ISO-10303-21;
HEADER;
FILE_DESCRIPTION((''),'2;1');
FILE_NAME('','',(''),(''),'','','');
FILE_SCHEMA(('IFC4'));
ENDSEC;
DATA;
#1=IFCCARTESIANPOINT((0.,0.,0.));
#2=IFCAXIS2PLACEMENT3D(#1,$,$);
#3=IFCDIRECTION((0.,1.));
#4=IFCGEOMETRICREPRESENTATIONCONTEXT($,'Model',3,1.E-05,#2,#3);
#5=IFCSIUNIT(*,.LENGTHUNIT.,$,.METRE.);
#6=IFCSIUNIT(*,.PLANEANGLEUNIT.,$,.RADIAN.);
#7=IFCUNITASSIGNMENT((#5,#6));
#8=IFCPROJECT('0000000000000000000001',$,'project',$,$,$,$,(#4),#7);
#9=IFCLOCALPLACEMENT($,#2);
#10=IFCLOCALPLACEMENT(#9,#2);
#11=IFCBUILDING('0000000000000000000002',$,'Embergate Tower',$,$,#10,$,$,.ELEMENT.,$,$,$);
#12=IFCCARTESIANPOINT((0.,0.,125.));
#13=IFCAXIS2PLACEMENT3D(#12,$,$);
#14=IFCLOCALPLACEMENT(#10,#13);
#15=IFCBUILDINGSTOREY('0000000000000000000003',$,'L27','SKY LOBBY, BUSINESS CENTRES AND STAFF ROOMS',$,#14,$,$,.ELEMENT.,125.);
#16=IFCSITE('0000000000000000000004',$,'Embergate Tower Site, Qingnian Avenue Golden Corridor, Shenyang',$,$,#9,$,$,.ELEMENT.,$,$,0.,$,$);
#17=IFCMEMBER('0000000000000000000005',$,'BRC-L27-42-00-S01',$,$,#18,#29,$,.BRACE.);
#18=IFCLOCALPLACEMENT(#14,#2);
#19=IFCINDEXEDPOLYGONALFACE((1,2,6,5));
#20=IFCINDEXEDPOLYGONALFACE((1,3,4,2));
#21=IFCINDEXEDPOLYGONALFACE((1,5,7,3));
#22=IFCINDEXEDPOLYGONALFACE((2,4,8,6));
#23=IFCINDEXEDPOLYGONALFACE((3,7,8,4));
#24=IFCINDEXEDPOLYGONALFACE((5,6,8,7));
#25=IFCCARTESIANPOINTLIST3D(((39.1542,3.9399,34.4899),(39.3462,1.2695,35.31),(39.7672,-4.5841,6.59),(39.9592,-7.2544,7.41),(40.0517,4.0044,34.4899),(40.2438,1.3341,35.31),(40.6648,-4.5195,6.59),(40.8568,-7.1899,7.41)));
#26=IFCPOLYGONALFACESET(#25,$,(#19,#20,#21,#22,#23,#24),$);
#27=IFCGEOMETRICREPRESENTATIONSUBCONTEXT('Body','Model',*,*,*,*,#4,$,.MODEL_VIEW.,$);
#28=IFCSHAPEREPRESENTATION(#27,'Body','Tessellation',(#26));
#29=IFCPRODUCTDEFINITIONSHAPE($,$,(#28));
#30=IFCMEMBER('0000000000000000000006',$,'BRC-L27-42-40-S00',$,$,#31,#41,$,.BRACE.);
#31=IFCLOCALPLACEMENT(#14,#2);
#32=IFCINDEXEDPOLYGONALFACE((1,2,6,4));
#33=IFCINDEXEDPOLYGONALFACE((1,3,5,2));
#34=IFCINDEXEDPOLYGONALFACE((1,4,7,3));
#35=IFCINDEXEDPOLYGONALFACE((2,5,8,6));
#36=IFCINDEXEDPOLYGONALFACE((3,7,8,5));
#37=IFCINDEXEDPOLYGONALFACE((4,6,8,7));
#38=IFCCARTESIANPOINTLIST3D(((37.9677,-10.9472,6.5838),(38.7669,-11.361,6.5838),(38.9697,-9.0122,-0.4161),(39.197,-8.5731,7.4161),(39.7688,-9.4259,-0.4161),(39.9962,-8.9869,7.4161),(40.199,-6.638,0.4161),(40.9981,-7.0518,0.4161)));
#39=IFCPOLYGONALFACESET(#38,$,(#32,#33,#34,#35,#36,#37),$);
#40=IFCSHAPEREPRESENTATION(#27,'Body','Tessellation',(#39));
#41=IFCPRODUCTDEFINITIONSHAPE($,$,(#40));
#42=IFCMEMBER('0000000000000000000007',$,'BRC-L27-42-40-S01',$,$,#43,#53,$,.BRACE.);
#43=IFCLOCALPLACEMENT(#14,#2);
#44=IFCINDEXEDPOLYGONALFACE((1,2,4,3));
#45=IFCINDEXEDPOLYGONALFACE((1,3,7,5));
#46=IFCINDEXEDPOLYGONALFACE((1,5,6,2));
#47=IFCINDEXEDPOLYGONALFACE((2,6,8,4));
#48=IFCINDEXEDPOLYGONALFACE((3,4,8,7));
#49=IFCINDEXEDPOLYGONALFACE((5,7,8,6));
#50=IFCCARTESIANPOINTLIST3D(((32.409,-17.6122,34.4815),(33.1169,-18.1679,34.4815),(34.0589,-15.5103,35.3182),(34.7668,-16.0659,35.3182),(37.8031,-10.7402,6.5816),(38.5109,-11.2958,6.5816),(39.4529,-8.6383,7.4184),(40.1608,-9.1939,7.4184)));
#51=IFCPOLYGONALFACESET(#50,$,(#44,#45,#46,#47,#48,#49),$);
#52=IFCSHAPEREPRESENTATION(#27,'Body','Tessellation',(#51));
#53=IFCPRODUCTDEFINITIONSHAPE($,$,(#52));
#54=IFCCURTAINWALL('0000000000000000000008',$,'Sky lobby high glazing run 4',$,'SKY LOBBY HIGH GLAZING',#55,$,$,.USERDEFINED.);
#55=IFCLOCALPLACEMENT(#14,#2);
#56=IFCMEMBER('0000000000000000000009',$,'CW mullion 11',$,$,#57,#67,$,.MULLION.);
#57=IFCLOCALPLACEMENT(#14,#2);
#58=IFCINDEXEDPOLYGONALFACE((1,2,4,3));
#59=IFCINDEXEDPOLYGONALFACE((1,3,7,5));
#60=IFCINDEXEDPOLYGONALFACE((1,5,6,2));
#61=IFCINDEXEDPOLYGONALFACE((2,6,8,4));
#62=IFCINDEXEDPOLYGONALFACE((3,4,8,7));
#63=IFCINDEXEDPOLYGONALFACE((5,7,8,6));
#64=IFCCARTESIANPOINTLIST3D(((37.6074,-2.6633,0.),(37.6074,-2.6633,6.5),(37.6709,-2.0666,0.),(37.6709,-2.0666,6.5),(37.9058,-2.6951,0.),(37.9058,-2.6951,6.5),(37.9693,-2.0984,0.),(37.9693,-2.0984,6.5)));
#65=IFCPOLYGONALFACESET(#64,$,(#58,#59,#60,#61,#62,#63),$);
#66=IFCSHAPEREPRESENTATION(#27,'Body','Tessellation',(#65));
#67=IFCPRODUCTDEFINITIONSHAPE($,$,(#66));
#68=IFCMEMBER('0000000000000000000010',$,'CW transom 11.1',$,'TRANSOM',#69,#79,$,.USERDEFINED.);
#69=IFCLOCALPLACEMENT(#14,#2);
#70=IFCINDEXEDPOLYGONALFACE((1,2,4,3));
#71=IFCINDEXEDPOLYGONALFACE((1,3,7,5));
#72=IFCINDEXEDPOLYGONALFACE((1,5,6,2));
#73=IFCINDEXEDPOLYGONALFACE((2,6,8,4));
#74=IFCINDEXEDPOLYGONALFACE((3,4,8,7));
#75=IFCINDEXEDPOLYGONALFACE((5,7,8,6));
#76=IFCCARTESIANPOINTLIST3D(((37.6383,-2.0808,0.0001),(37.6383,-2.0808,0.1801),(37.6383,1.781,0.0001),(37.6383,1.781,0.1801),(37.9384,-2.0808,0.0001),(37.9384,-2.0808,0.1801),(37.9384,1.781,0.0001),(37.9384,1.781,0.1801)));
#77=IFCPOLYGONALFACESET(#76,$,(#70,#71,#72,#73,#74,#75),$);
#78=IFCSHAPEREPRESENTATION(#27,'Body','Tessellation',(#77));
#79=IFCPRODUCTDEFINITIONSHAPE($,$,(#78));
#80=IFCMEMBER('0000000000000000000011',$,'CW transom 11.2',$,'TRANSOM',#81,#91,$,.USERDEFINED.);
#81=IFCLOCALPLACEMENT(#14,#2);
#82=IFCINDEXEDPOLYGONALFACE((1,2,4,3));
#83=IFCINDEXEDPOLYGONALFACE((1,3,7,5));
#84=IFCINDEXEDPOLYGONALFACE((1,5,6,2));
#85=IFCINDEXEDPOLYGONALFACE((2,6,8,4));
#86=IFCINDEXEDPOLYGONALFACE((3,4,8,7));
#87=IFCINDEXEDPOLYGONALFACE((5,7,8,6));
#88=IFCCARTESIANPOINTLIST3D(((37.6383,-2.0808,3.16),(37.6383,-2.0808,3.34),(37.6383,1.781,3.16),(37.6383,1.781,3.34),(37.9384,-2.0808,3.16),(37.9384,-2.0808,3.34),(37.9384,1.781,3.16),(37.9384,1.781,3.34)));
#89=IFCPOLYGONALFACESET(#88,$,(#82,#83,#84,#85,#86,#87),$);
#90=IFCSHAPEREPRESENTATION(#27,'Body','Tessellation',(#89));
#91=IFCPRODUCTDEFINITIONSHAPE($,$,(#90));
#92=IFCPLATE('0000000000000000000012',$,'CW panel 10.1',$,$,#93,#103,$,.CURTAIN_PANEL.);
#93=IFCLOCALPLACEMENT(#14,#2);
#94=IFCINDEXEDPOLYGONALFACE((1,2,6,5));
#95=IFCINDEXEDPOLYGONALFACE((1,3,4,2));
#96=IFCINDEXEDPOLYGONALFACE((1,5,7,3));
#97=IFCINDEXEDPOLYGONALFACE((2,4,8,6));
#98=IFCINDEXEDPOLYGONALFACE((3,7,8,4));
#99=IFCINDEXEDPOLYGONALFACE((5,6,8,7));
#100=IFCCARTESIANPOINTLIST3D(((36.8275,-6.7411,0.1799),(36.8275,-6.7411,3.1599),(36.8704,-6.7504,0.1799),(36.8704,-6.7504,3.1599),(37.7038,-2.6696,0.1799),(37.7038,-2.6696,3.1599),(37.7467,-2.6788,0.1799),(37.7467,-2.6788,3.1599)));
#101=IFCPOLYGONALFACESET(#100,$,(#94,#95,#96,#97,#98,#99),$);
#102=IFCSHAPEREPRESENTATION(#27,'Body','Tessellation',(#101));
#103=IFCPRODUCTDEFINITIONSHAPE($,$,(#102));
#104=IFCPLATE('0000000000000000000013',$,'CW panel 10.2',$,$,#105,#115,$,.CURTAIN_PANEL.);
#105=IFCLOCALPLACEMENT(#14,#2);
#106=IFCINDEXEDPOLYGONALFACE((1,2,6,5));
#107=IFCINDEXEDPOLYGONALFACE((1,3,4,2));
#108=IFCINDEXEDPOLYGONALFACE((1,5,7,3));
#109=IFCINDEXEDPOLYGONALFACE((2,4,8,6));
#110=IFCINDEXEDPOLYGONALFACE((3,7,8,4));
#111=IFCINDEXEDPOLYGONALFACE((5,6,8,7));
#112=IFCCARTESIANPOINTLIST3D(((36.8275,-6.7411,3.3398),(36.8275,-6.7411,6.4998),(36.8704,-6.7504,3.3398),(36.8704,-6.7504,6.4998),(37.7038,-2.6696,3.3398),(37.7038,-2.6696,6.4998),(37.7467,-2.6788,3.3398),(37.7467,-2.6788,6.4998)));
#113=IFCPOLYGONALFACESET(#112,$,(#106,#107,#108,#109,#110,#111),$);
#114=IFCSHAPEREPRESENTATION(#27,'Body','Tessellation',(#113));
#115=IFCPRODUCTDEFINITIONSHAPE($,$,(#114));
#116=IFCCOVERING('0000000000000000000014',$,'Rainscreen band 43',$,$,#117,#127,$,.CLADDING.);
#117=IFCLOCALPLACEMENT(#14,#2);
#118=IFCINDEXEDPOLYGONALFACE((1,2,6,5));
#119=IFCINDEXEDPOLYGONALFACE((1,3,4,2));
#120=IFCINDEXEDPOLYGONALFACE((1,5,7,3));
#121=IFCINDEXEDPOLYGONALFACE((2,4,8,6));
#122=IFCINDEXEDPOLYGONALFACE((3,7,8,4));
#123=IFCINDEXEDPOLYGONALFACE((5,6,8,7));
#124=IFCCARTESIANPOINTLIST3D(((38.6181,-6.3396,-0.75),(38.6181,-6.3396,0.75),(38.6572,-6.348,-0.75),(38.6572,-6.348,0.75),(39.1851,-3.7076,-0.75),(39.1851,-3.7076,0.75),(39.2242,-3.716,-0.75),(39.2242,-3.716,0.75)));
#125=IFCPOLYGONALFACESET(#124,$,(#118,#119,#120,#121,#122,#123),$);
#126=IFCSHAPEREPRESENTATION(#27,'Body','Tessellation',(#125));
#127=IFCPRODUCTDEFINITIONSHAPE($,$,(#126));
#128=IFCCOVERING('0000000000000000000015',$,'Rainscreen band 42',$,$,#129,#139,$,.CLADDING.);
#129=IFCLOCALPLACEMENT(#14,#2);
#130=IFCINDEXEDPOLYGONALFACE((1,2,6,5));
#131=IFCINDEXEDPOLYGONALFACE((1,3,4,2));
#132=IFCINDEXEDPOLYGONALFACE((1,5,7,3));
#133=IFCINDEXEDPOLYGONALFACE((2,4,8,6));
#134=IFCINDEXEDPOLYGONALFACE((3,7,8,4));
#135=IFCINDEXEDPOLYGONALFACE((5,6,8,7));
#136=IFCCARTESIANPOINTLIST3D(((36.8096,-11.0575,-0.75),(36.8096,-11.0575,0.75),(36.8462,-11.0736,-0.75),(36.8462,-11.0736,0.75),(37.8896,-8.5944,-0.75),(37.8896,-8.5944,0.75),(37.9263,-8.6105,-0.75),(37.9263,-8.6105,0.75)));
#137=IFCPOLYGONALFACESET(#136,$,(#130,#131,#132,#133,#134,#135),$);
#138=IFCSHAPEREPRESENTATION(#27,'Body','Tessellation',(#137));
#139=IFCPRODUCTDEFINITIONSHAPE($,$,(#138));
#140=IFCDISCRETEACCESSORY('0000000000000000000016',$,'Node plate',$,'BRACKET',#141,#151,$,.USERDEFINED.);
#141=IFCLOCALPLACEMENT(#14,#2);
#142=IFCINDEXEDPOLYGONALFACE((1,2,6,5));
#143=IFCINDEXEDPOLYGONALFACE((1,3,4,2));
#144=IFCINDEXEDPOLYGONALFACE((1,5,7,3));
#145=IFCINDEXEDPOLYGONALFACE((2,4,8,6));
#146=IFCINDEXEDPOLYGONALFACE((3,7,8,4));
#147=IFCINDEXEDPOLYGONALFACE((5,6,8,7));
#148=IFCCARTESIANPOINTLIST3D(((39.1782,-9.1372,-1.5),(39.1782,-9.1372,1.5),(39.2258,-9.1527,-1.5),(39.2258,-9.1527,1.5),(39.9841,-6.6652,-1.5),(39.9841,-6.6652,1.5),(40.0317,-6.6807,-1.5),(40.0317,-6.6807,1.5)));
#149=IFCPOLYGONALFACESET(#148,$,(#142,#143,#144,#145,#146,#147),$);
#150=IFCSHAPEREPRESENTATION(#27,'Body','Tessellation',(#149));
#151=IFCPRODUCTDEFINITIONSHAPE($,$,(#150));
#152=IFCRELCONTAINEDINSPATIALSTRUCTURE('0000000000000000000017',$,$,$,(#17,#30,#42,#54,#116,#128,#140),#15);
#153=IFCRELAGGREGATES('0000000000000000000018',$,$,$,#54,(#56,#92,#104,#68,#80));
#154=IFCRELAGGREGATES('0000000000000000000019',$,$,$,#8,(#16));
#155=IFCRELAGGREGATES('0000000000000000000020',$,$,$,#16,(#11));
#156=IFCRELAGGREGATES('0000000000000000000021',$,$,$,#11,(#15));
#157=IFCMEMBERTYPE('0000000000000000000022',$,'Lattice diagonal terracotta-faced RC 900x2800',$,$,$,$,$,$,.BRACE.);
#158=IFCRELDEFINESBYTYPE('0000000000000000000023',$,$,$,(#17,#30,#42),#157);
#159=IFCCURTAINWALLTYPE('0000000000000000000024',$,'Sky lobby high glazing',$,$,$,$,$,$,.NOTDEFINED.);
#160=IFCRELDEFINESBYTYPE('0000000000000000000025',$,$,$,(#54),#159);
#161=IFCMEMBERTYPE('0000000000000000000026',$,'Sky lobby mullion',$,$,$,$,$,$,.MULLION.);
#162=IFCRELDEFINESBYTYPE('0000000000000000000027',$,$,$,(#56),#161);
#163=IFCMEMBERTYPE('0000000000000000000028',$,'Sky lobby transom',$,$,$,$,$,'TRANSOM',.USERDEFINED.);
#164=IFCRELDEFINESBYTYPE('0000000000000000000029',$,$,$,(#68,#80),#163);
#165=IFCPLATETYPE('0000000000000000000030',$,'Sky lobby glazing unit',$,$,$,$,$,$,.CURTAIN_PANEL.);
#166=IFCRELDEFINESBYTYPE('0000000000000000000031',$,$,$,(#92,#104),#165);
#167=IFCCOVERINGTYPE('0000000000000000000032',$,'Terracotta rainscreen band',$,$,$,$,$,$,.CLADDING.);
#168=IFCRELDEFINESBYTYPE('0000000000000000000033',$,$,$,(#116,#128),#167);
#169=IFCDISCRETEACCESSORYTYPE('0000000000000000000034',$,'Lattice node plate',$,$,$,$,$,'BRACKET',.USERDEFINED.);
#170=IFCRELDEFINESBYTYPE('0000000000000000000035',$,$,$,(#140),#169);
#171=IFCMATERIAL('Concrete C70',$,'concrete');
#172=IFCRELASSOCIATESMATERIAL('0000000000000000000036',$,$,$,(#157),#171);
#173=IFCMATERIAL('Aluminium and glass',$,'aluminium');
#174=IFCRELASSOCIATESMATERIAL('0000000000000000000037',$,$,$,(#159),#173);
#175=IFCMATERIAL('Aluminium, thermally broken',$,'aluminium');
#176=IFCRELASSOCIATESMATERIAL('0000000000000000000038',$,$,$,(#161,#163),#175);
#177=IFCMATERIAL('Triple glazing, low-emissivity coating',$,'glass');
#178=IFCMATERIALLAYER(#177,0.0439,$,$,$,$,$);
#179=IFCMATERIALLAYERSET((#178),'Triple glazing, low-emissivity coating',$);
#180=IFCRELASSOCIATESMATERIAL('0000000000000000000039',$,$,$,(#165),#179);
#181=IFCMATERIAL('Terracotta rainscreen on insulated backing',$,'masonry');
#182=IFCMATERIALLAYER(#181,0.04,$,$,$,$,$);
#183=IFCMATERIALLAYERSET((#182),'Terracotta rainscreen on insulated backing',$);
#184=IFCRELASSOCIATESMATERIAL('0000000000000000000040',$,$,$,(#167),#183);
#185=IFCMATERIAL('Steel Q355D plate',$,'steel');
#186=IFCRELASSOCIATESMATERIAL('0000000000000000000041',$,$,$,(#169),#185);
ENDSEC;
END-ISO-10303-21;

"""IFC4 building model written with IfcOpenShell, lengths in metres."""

from ifc_helpers import new_model, si_unit, direction, frame, origin, origin_2d, place, context, subcontext, project, spatial, rectangle, extrude, source, transform, mapped, material, layer, layer_set, material_profile, profile_set, type_object, element, aggregate, save


model = new_model("IFC4")

# Units and contexts
model_context = context("Model", 3, precision=1e-05, world=origin(), true_north=direction((0.0, 1.0)))
body_context = subcontext(model_context, "Body", "Model", "MODEL_VIEW")
ifc_project = project(units=[si_unit("LENGTHUNIT", "METRE"), si_unit("PLANEANGLEUNIT", "RADIAN")], contexts=[model_context])

# Site, building, storey
site_placement = place(None, origin())
site = spatial("IfcSite", under=ifc_project, at=site_placement, Name="Embergate Tower Site, Qingnian Avenue Golden Corridor, Shenyang", CompositionType="ELEMENT", RefElevation=0.0)
building_placement = place(site_placement, origin())
building = spatial("IfcBuilding", under=site, at=building_placement, Name="Embergate Tower", CompositionType="ELEMENT")
storey_placement = place(building_placement, frame((0.0, 0.0, 125.0)))
storey = spatial("IfcBuildingStorey", under=building, at=storey_placement, Name="L27", Description="SKY LOBBY, BUSINESS CENTRES AND STAFF ROOMS", CompositionType="ELEMENT", Elevation=125.0)

# Shared definitions
ifc_material_1 = material(Name="Concrete C70", Category="concrete")

# Members
ifc_material_profile_1 = material_profile(ifc_material_1, rectangle(XDim=0.8999, YDim=2.8, at=origin_2d()), Name="RC 900x2800")
ifc_profile_set_1 = profile_set([ifc_material_profile_1], Name="Concrete C70")
member_type_1 = type_object("IfcMemberType", Name="Lattice diagonal terracotta-faced RC 900x2800", PredefinedType="BRACE", material=ifc_profile_set_1)
shared_shape_1 = source(origin(), body_context, "Body", "SweptSolid", [
    extrude(rectangle(XDim=0.8999, YDim=2.8, at=origin_2d()), origin(), (0.0, 0.0, 1.0), 29.1794),
])
member_1_placement = place(storey_placement, frame((40.312, -5.887, 7.0), z_axis=(-0.021009, 0.292121, 0.95615), x_axis=(-0.997424, -0.071734, 0.0)))
element("IfcMember", 1, at=member_1_placement, inside=storey, type_object=member_type_1, Name="BRC-L27-42-00-S01", PredefinedType="BRACE", context=body_context, shape_type="MappedRepresentation", body=[
    mapped(shared_shape_1, transform((0.0, 0.0, 0.0))),
])
shared_shape_2 = source(origin(), body_context, "Body", "SweptSolid", [
    extrude(rectangle(XDim=0.8999, YDim=2.8, at=origin_2d()), origin(), (0.0, 0.0, 1.0), 7.3313),
])
member_2_placement = place(storey_placement, frame((39.9839, -8.032, 0.0), z_axis=(-0.136667, -0.263944, 0.954807), x_axis=(0.888019, -0.459807, 0.0)))
element("IfcMember", 2, at=member_2_placement, inside=storey, type_object=member_type_1, Name="BRC-L27-42-40-S00", PredefinedType="BRACE", context=body_context, shape_type="MappedRepresentation", body=[
    mapped(shared_shape_2, transform((0.0, 0.0, 0.0))),
])
shared_shape_3 = source(origin(), body_context, "Body", "SweptSolid", [
    extrude(rectangle(XDim=0.8999, YDim=2.8, at=origin_2d()), origin(), (0.0, 0.0, 1.0), 29.2356),
])
member_3_placement = place(storey_placement, frame((38.9819, -9.967, 7.0), z_axis=(-0.184502, -0.235058, 0.95431), x_axis=(0.786621, -0.617436, 0.0)))
element("IfcMember", 3, at=member_3_placement, inside=storey, type_object=member_type_1, Name="BRC-L27-42-40-S01", PredefinedType="BRACE", context=body_context, shape_type="MappedRepresentation", body=[
    mapped(shared_shape_3, transform((0.0, 0.0, 0.0))),
])

# Curtain wall, members, plates
ifc_material_2 = material(Name="Aluminium and glass", Category="aluminium")
curtain_wall_type = type_object("IfcCurtainWallType", Name="Sky lobby high glazing", PredefinedType="NOTDEFINED", material=ifc_material_2)
curtain_wall_placement = place(storey_placement, origin())
curtain_wall = element("IfcCurtainWall", 4, at=curtain_wall_placement, inside=storey, type_object=curtain_wall_type, Name="Sky lobby high glazing run 4", ObjectType="SKY LOBBY HIGH GLAZING", PredefinedType="USERDEFINED")
ifc_material_3 = material(Name="Aluminium, thermally broken", Category="aluminium")
ifc_material_profile_2 = material_profile(ifc_material_3, rectangle(XDim=0.3, YDim=0.6001, at=origin_2d()), Name="AL 600x300")
ifc_profile_set_2 = profile_set([ifc_material_profile_2], Name="Aluminium, thermally broken")
member_type_2 = type_object("IfcMemberType", Name="Sky lobby mullion", PredefinedType="MULLION", material=ifc_profile_set_2)
shared_shape_4 = source(origin(), body_context, "Body", "SweptSolid", [
    extrude(rectangle(XDim=0.3, YDim=0.6001, at=origin_2d()), origin(), (0.0, 0.0, 1.0), 6.5),
])
member_4_placement = place(storey_placement, frame((37.7883, -2.3809, 0.0), z_axis=(0.0, 0.0, 1.0), x_axis=(-0.994384, 0.105828, 0.0)))
member_4 = element("IfcMember", 5, at=member_4_placement, type_object=member_type_2, Name="CW mullion 11", PredefinedType="MULLION", context=body_context, shape_type="MappedRepresentation", body=[
    mapped(shared_shape_4, transform((0.0, 0.0, 0.0))),
])
ifc_material_profile_3 = material_profile(ifc_material_3, rectangle(XDim=0.3, YDim=0.1799, at=origin_2d()), Name="AL 180x300")
ifc_profile_set_3 = profile_set([ifc_material_profile_3], Name="Aluminium, thermally broken")
member_type_3 = type_object("IfcMemberType", Name="Sky lobby transom", ElementType="TRANSOM", PredefinedType="USERDEFINED", material=ifc_profile_set_3)
shared_shape_5 = source(origin(), body_context, "Body", "SweptSolid", [
    extrude(rectangle(XDim=0.3, YDim=0.1799, at=origin_2d()), origin(), (0.0, 0.0, 1.0), 3.8618),
])
member_5_placement = place(storey_placement, frame((37.7883, -2.0808, 0.0901), z_axis=(0.0, 1.0, 0.0), x_axis=(-1.0, 0.0, 0.0)))
member_5 = element("IfcMember", 6, at=member_5_placement, type_object=member_type_3, Name="CW transom 11.1", ObjectType="TRANSOM", PredefinedType="USERDEFINED", context=body_context, shape_type="MappedRepresentation", body=[
    mapped(shared_shape_5, transform((0.0, 0.0, 0.0))),
])
member_6_placement = place(storey_placement, frame((37.7883, -2.0808, 3.25), z_axis=(0.0, 1.0, 0.0), x_axis=(-1.0, 0.0, 0.0)))
member_6 = element("IfcMember", 7, at=member_6_placement, type_object=member_type_3, Name="CW transom 11.2", ObjectType="TRANSOM", PredefinedType="USERDEFINED", context=body_context, shape_type="MappedRepresentation", body=[
    mapped(shared_shape_5, transform((0.0, 0.0, 0.0))),
])
ifc_material_4 = material(Name="Triple glazing, low-emissivity coating", Category="glass")
ifc_layer_1 = layer(ifc_material_4, 0.0439)
ifc_layer_set_1 = layer_set([ifc_layer_1], Name="Triple glazing, low-emissivity coating")
plate_type = type_object("IfcPlateType", Name="Sky lobby glazing unit", PredefinedType="CURTAIN_PANEL", material=ifc_layer_set_1)
shared_shape_6 = source(origin(), body_context, "Body", "SweptSolid", [
    extrude(rectangle(XDim=4.1648, YDim=0.0439, at=origin_2d()), origin(), (0.0, 0.0, 1.0), 2.98),
])
plate_1_placement = place(storey_placement, frame((37.2871, -4.71, 0.1799), z_axis=(0.0, 0.0, 1.0), x_axis=(0.210402, 0.977615, 0.0)))
plate_1 = element("IfcPlate", 8, at=plate_1_placement, type_object=plate_type, Name="CW panel 10.1", PredefinedType="CURTAIN_PANEL", context=body_context, shape_type="MappedRepresentation", body=[
    mapped(shared_shape_6, transform((0.0, 0.0, 0.0))),
])
shared_shape_7 = source(origin(), body_context, "Body", "SweptSolid", [
    extrude(rectangle(XDim=4.1648, YDim=0.0439, at=origin_2d()), origin(), (0.0, 0.0, 1.0), 3.1599),
])
plate_2_placement = place(storey_placement, frame((37.2871, -4.71, 3.3398), z_axis=(0.0, 0.0, 1.0), x_axis=(0.210402, 0.977615, 0.0)))
plate_2 = element("IfcPlate", 9, at=plate_2_placement, type_object=plate_type, Name="CW panel 10.2", PredefinedType="CURTAIN_PANEL", context=body_context, shape_type="MappedRepresentation", body=[
    mapped(shared_shape_7, transform((0.0, 0.0, 0.0))),
])
aggregate(curtain_wall, [member_4, plate_1, plate_2, member_5, member_6])

# Coverings
ifc_material_5 = material(Name="Terracotta rainscreen on insulated backing", Category="masonry")
ifc_layer_2 = layer(ifc_material_5, 0.04)
ifc_layer_set_2 = layer_set([ifc_layer_2], Name="Terracotta rainscreen on insulated backing")
covering_type = type_object("IfcCoveringType", Name="Terracotta rainscreen band", PredefinedType="CLADDING", material=ifc_layer_set_2)
shared_shape_8 = source(origin(), body_context, "Body", "SweptSolid", [
    extrude(rectangle(XDim=2.6924, YDim=0.04, at=origin_2d()), origin(), (0.0, 0.0, 1.0), 1.5),
])
covering_1_placement = place(storey_placement, frame((38.9211, -5.0278, -0.75), z_axis=(0.0, 0.0, 1.0), x_axis=(0.210595, 0.977573, 0.0)))
element("IfcCovering", 10, at=covering_1_placement, inside=storey, type_object=covering_type, Name="Rainscreen band 43", PredefinedType="CLADDING", context=body_context, shape_type="MappedRepresentation", body=[
    mapped(shared_shape_8, transform((0.0, 0.0, 0.0))),
])
shared_shape_9 = source(origin(), body_context, "Body", "SweptSolid", [
    extrude(rectangle(XDim=2.6895, YDim=0.04, at=origin_2d()), origin(), (0.0, 0.0, 1.0), 1.5),
])
covering_2_placement = place(storey_placement, frame((37.3679, -9.834, -0.75), z_axis=(0.0, 0.0, 1.0), x_axis=(0.40158, 0.915824, 0.0)))
element("IfcCovering", 11, at=covering_2_placement, inside=storey, type_object=covering_type, Name="Rainscreen band 42", PredefinedType="CLADDING", context=body_context, shape_type="MappedRepresentation", body=[
    mapped(shared_shape_9, transform((0.0, 0.0, 0.0))),
])

# Discrete accessory
ifc_material_6 = material(Name="Steel Q355D plate", Category="steel")
discrete_accessory_type = type_object("IfcDiscreteAccessoryType", Name="Lattice node plate", ElementType="BRACKET", PredefinedType="USERDEFINED", material=ifc_material_6)
shared_shape_10 = source(origin(), body_context, "Body", "SweptSolid", [
    extrude(rectangle(XDim=2.6001, YDim=0.05, at=origin_2d()), origin(), (0.0, 0.0, 1.0), 3.0),
])
discrete_accessory_placement = place(storey_placement, frame((39.605, -7.9089, -1.5), z_axis=(0.0, 0.0, 1.0), x_axis=(0.309946, 0.950754, 0.0)))
element("IfcDiscreteAccessory", 12, at=discrete_accessory_placement, inside=storey, type_object=discrete_accessory_type, Name="Node plate", ObjectType="BRACKET", PredefinedType="USERDEFINED", context=body_context, shape_type="MappedRepresentation", body=[
    mapped(shared_shape_10, transform((0.0, 0.0, 0.0))),
])

save(model, "model.ifc")
